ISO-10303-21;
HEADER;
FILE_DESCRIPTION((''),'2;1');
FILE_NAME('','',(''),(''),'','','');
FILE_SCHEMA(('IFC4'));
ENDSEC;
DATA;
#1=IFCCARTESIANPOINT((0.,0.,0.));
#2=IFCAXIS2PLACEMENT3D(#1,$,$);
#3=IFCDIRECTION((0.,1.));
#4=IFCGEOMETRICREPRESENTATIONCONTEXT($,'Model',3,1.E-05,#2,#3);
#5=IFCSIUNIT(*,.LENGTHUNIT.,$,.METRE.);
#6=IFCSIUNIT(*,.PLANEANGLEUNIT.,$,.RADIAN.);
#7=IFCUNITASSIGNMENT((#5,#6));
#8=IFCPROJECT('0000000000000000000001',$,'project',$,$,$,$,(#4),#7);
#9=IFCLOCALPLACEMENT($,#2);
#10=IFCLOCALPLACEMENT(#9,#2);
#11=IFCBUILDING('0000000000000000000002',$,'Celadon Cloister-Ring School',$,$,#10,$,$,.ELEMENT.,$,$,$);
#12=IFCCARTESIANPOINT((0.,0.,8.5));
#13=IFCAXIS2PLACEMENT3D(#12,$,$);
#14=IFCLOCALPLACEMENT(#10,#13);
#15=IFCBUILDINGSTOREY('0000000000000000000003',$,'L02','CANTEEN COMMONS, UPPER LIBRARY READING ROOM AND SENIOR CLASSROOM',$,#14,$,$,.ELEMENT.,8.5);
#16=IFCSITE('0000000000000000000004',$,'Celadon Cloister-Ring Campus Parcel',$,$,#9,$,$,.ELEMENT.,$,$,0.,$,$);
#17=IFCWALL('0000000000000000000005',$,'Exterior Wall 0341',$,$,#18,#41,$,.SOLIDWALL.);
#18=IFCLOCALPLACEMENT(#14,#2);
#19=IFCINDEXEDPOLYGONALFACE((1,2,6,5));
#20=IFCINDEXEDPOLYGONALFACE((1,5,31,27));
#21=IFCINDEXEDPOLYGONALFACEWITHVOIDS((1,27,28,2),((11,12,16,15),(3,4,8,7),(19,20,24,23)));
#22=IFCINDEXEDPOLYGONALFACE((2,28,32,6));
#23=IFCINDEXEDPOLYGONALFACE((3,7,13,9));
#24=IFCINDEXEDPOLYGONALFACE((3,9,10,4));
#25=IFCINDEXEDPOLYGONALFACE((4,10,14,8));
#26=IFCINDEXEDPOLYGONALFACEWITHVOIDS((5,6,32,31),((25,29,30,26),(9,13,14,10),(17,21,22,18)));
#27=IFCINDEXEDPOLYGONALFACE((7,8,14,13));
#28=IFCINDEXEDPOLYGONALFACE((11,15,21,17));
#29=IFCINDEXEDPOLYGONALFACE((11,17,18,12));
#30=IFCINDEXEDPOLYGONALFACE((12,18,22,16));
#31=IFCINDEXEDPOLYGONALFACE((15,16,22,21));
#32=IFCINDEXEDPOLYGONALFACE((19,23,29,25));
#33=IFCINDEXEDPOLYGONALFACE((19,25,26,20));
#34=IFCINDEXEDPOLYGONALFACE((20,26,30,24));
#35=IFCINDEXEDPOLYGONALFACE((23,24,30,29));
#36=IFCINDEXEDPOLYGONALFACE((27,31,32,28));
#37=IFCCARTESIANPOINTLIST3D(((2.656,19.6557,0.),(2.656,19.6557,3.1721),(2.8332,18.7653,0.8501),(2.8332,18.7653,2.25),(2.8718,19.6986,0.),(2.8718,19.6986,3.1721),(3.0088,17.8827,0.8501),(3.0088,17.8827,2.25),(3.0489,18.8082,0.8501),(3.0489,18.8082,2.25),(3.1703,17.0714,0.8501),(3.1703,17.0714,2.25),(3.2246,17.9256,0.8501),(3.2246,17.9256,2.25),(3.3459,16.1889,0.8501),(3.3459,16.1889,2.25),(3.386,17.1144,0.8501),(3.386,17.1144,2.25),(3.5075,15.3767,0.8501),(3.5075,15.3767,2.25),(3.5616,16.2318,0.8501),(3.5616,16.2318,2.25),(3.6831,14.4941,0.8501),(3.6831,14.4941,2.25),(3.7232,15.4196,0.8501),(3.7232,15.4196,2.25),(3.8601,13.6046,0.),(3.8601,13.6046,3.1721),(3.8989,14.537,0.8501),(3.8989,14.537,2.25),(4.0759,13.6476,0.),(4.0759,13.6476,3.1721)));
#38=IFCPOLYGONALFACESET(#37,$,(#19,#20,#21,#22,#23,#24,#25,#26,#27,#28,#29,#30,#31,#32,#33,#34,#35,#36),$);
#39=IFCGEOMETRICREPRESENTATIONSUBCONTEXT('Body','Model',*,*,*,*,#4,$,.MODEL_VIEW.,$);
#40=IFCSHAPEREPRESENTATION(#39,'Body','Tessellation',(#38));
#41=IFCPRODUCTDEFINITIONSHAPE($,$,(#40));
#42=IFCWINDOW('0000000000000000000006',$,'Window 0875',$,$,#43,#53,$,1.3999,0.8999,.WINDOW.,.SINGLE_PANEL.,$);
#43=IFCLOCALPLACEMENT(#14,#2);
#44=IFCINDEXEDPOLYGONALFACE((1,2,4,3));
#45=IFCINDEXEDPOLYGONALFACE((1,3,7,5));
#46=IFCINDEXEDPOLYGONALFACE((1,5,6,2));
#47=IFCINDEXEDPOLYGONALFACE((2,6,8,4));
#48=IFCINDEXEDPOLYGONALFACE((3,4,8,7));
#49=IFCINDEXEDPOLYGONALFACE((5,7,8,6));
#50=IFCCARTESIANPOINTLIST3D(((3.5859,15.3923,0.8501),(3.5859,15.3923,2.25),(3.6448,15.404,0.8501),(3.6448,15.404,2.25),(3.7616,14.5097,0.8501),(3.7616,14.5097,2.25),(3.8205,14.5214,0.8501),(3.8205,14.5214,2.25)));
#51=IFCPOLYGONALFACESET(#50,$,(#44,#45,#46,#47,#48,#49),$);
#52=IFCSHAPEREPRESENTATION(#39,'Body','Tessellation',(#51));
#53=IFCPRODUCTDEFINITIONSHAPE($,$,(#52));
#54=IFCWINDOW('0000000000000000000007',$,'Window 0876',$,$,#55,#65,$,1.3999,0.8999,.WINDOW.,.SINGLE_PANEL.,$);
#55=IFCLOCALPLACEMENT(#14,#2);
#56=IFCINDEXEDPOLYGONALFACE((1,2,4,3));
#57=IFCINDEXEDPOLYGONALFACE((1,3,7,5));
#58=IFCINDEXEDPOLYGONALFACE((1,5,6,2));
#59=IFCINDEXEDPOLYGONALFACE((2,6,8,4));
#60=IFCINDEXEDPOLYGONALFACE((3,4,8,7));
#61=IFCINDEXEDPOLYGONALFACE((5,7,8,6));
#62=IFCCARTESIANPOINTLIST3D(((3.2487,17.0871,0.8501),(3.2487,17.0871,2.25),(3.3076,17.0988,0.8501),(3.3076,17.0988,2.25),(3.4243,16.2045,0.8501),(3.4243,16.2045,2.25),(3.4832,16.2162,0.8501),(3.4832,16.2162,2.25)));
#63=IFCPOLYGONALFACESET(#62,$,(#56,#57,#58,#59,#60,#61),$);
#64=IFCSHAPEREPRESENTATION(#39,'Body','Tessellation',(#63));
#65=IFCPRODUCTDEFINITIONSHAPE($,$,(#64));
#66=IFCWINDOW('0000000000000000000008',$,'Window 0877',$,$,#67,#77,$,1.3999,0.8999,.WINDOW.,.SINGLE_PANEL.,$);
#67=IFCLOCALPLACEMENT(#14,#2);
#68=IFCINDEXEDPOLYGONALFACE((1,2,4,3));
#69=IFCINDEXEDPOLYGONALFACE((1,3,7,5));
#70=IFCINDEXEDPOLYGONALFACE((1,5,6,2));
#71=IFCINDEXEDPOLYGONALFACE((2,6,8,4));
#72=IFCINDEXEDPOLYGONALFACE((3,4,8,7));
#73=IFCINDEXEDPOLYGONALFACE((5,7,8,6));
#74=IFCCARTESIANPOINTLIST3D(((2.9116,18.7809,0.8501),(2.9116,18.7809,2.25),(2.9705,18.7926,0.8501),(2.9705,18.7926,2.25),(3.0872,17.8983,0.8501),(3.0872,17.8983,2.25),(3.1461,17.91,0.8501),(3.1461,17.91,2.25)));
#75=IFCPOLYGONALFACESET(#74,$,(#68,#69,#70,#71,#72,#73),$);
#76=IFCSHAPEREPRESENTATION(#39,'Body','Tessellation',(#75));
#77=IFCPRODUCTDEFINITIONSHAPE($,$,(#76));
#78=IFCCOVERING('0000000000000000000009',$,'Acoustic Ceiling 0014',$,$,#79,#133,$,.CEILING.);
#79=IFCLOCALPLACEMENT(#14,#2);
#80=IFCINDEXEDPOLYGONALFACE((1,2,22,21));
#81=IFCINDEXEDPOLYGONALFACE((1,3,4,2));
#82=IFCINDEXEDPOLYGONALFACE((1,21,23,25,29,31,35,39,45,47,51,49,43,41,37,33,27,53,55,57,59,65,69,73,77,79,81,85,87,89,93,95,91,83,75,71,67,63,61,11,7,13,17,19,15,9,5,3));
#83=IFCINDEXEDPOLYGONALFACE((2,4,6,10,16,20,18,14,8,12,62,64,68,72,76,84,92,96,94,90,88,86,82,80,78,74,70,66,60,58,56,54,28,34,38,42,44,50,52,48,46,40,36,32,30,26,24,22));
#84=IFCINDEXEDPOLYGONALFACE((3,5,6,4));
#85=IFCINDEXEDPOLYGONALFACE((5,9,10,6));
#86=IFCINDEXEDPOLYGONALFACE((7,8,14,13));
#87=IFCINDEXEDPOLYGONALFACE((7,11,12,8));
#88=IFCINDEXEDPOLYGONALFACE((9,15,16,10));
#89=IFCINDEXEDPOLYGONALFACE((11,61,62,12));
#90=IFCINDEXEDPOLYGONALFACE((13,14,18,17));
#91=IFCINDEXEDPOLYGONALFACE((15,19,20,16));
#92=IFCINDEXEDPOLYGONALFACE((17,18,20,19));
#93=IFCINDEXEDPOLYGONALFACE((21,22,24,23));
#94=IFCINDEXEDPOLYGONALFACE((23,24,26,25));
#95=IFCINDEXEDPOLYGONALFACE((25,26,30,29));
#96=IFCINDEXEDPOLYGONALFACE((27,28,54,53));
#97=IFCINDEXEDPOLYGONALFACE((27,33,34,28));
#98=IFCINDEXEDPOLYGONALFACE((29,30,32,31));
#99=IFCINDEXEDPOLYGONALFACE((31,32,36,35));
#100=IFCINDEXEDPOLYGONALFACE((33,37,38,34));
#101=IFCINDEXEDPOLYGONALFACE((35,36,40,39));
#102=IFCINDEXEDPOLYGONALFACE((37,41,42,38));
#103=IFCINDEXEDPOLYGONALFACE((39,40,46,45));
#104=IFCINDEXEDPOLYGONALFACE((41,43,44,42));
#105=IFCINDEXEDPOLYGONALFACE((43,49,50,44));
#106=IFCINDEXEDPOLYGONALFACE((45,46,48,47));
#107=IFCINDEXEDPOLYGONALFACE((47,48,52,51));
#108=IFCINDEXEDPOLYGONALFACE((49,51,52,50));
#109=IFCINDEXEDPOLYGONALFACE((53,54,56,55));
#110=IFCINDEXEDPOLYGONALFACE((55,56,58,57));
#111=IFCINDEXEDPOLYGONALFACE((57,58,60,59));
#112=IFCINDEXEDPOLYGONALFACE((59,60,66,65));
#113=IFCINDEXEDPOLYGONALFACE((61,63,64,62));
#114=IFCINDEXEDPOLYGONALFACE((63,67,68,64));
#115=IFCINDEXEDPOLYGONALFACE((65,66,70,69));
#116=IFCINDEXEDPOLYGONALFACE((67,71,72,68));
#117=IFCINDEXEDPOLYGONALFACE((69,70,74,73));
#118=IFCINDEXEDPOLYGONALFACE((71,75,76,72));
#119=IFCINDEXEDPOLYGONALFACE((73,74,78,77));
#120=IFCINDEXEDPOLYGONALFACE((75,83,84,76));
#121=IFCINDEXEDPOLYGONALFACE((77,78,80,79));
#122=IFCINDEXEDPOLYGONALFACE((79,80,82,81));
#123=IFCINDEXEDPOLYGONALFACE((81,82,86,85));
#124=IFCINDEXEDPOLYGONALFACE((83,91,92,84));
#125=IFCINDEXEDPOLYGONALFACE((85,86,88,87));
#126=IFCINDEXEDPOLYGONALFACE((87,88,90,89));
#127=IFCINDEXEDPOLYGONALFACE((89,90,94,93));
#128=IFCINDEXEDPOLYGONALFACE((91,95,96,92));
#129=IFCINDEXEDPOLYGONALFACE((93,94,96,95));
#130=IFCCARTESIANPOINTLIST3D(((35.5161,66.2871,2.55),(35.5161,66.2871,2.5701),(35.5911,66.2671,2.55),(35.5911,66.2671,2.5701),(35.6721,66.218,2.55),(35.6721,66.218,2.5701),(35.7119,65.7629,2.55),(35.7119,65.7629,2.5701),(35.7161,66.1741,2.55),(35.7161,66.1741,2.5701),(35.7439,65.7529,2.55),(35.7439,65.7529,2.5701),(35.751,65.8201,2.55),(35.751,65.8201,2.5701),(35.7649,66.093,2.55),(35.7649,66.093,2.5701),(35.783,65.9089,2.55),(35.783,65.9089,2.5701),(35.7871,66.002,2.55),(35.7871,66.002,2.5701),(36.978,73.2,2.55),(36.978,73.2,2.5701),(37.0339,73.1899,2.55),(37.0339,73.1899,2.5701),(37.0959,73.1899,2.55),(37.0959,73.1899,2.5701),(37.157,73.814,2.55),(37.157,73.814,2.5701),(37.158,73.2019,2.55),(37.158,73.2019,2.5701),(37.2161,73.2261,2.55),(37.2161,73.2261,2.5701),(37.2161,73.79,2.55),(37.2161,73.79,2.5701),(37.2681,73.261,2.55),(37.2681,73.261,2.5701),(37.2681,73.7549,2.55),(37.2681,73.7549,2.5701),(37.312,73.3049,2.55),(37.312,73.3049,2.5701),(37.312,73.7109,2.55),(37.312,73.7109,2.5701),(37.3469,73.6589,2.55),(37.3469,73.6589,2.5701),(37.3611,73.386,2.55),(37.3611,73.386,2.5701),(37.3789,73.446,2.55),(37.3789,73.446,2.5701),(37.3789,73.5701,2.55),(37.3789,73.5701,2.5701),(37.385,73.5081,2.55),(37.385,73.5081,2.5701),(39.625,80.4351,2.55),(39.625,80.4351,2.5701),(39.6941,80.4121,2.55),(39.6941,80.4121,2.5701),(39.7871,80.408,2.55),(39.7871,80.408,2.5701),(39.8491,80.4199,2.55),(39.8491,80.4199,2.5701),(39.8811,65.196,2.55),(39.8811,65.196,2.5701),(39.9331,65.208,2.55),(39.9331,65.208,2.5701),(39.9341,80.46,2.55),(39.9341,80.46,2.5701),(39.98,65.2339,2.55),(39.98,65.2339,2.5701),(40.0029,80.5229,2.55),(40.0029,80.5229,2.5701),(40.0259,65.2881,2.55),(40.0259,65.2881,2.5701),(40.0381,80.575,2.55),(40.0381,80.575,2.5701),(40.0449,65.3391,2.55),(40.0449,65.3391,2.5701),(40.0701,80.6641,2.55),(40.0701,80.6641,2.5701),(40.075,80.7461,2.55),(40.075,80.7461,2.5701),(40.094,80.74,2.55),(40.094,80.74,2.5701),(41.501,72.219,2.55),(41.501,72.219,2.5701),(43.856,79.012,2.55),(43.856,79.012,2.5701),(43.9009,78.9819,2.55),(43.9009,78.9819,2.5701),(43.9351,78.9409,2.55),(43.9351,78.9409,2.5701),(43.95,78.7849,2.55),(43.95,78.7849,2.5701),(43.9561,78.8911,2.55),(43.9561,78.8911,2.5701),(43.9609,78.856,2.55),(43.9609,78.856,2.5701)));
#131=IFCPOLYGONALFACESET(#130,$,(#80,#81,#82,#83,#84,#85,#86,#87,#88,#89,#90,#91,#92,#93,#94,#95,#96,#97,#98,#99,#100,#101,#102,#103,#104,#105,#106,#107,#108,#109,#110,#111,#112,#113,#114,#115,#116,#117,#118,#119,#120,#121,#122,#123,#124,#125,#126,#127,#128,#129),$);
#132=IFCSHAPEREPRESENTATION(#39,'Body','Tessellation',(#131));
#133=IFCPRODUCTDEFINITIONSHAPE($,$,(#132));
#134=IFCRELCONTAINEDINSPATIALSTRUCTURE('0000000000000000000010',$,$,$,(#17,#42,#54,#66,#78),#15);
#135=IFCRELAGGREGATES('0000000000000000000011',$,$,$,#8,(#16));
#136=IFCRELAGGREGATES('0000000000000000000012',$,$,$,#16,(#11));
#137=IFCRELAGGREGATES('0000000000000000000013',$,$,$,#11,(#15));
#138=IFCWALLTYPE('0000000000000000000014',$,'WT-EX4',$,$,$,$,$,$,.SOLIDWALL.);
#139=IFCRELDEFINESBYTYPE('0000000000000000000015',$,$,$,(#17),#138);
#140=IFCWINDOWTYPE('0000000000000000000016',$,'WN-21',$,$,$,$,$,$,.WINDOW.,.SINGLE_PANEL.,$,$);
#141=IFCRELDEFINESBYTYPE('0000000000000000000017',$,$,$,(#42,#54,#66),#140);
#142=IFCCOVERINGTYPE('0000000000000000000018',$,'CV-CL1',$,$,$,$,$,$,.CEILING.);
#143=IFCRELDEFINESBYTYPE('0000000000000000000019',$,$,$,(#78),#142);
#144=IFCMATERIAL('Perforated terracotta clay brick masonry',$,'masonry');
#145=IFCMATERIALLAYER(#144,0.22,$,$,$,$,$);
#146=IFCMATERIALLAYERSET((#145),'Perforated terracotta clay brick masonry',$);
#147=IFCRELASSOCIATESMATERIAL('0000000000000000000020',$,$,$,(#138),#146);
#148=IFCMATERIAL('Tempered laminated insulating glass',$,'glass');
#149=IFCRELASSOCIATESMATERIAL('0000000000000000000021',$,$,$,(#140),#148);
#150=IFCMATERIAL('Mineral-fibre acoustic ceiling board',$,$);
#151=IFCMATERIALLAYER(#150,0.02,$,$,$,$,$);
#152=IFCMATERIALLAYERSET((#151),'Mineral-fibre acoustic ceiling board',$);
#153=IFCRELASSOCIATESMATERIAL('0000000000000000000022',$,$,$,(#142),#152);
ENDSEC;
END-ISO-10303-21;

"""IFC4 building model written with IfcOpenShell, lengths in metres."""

from ifc_helpers import new_model, si_unit, direction, frame, frame_2d, origin, place, context, subcontext, project, spatial, polyline, rectangle, outline, extrude, material, layer, layer_set, type_object, element, fill, save


model = new_model("IFC4")

# Units and contexts
model_context = context("Model", 3, precision=1e-05, world=origin(), true_north=direction((0.0, 1.0)))
body_context = subcontext(model_context, "Body", "Model", "MODEL_VIEW")
ifc_project = project(units=[si_unit("LENGTHUNIT", "METRE"), si_unit("PLANEANGLEUNIT", "RADIAN")], contexts=[model_context])

# Site, building, storey
site_placement = place(None, origin())
site = spatial("IfcSite", under=ifc_project, at=site_placement, Name="Celadon Cloister-Ring Campus Parcel", CompositionType="ELEMENT", RefElevation=0.0)
building_placement = place(site_placement, origin())
building = spatial("IfcBuilding", under=site, at=building_placement, Name="Celadon Cloister-Ring School", CompositionType="ELEMENT")
storey_placement = place(building_placement, frame((0.0, 0.0, 8.5)))
storey = spatial("IfcBuildingStorey", under=building, at=storey_placement, Name="L02", Description="CANTEEN COMMONS, UPPER LIBRARY READING ROOM AND SENIOR CLASSROOM", CompositionType="ELEMENT", Elevation=8.5)

# Wall, openings, windows
ifc_material_1 = material(Name="Perforated terracotta clay brick masonry", Category="masonry")
ifc_layer_1 = layer(ifc_material_1, 0.22)
ifc_layer_set_1 = layer_set([ifc_layer_1], Name="Perforated terracotta clay brick masonry")
wall_type = type_object("IfcWallType", Name="WT-EX4", PredefinedType="SOLIDWALL", material=ifc_layer_set_1)
wall_placement = place(storey_placement, frame((3.968, 13.626, 0.0), z_axis=(0.0, 0.0, 1.0), x_axis=(-0.195165, 0.98077, 0.0)))
wall = element("IfcWall", 1, at=wall_placement, inside=storey, type_object=wall_type, Name="Exterior Wall 0341", PredefinedType="SOLIDWALL", context=body_context, shape_type="SweptSolid", body=[
    extrude(rectangle(XDim=6.1697, YDim=0.22, at=frame_2d((3.085, 0.0))), origin(), (0.0, 0.0, 1.0), 3.1721),
])
opening_1_placement = place(wall_placement, frame((0.907, 0.0, 0.8501)))
opening_1 = element("IfcOpeningElement", 2, at=opening_1_placement, cuts=wall, PredefinedType="OPENING", context=body_context, shape_type="SweptSolid", body=[
    extrude(rectangle(XDim=0.8999, YDim=1.3999, at=frame_2d((0.45, 0.7))), frame((0.0, 0.1201, 0.0), z_axis=(0.0, -1.0, 0.0), x_axis=(1.0, 0.0, 0.0)), (0.0, 0.0, 1.0), 0.24),
])
opening_2_placement = place(wall_placement, frame((2.635, 0.0, 0.8501)))
opening_2 = element("IfcOpeningElement", 3, at=opening_2_placement, cuts=wall, PredefinedType="OPENING", context=body_context, shape_type="SweptSolid", body=[
    extrude(rectangle(XDim=0.8999, YDim=1.3999, at=frame_2d((0.45, 0.7))), frame((0.0, 0.1201, 0.0), z_axis=(0.0, -1.0, 0.0), x_axis=(1.0, 0.0, 0.0)), (0.0, 0.0, 1.0), 0.24),
])
opening_3_placement = place(wall_placement, frame((4.3621, 0.0, 0.8501)))
opening_3 = element("IfcOpeningElement", 4, at=opening_3_placement, cuts=wall, PredefinedType="OPENING", context=body_context, shape_type="SweptSolid", body=[
    extrude(rectangle(XDim=0.8999, YDim=1.3999, at=frame_2d((0.45, 0.7))), frame((0.0, 0.1201, 0.0), z_axis=(0.0, -1.0, 0.0), x_axis=(1.0, 0.0, 0.0)), (0.0, 0.0, 1.0), 0.24),
])
ifc_material_2 = material(Name="Tempered laminated insulating glass", Category="glass")
window_type = type_object("IfcWindowType", Name="WN-21", PartitioningType="SINGLE_PANEL", PredefinedType="WINDOW", material=ifc_material_2)
window_1_placement = place(opening_1_placement, origin())
window_1 = element("IfcWindow", 5, at=window_1_placement, inside=storey, type_object=window_type, Name="Window 0875", OverallHeight=1.3999, OverallWidth=0.8999, PartitioningType="SINGLE_PANEL", PredefinedType="WINDOW", context=body_context, shape_type="SweptSolid", body=[
    extrude(rectangle(XDim=0.8999, YDim=1.3999, at=frame_2d((0.45, 0.7))), frame((0.0, 0.03, 0.0), z_axis=(0.0, -1.0, 0.0), x_axis=(1.0, 0.0, 0.0)), (0.0, 0.0, 1.0), 0.0601),
])
fill(opening_1, window_1)
window_2_placement = place(opening_2_placement, origin())
window_2 = element("IfcWindow", 6, at=window_2_placement, inside=storey, type_object=window_type, Name="Window 0876", OverallHeight=1.3999, OverallWidth=0.8999, PartitioningType="SINGLE_PANEL", PredefinedType="WINDOW", context=body_context, shape_type="SweptSolid", body=[
    extrude(rectangle(XDim=0.8999, YDim=1.3999, at=frame_2d((0.45, 0.7))), frame((0.0, 0.03, 0.0), z_axis=(0.0, -1.0, 0.0), x_axis=(1.0, 0.0, 0.0)), (0.0, 0.0, 1.0), 0.0601),
])
fill(opening_2, window_2)
window_3_placement = place(opening_3_placement, origin())
window_3 = element("IfcWindow", 7, at=window_3_placement, inside=storey, type_object=window_type, Name="Window 0877", OverallHeight=1.3999, OverallWidth=0.8999, PartitioningType="SINGLE_PANEL", PredefinedType="WINDOW", context=body_context, shape_type="SweptSolid", body=[
    extrude(rectangle(XDim=0.8999, YDim=1.3999, at=frame_2d((0.45, 0.7))), frame((0.0, 0.03, 0.0), z_axis=(0.0, -1.0, 0.0), x_axis=(1.0, 0.0, 0.0)), (0.0, 0.0, 1.0), 0.0601),
])
fill(opening_3, window_3)

# Covering
ifc_material_3 = material(Name="Mineral-fibre acoustic ceiling board")
ifc_layer_2 = layer(ifc_material_3, 0.02)
ifc_layer_set_2 = layer_set([ifc_layer_2], Name="Mineral-fibre acoustic ceiling board")
covering_type_1 = type_object("IfcCoveringType", Name="CV-CL1", PredefinedType="CEILING", material=ifc_layer_set_2)
covering_1_placement = place(storey_placement, frame((0.0, 0.0, 2.55)))
element("IfcCovering", 8, at=covering_1_placement, inside=storey, type_object=covering_type_1, Name="Acoustic Ceiling 0014", PredefinedType="CEILING", context=body_context, shape_type="SweptSolid", body=[
    extrude(outline(polyline([(39.625, 80.4351), (39.6941, 80.4121), (39.7871, 80.408), (39.8491, 80.4199), (39.9341, 80.46), (40.0029, 80.5229), (40.0381, 80.575), (40.0701, 80.6641), (40.075, 80.7461), (40.094, 80.74), (43.856, 79.012), (43.9009, 78.9819), (43.9351, 78.9409), (43.9561, 78.8911), (43.9609, 78.856), (43.95, 78.7849), (41.501, 72.219), (40.0449, 65.3391), (40.0259, 65.2881), (39.98, 65.2339), (39.9331, 65.208), (39.8811, 65.196), (35.7439, 65.7529), (35.7119, 65.7629), (35.751, 65.8201), (35.783, 65.9089), (35.7871, 66.002), (35.7649, 66.093), (35.7161, 66.1741), (35.6721, 66.218), (35.5911, 66.2671), (35.5161, 66.2871), (36.978, 73.2), (37.0339, 73.1899), (37.0959, 73.1899), (37.158, 73.2019), (37.2161, 73.2261), (37.2681, 73.261), (37.312, 73.3049), (37.3611, 73.386), (37.3789, 73.446), (37.385, 73.5081), (37.3789, 73.5701), (37.3469, 73.6589), (37.312, 73.7109), (37.2681, 73.7549), (37.2161, 73.79), (37.157, 73.814), (39.625, 80.4351)])), origin(), (0.0, 0.0, 1.0), 0.02),
])

save(model, "model.ifc")
